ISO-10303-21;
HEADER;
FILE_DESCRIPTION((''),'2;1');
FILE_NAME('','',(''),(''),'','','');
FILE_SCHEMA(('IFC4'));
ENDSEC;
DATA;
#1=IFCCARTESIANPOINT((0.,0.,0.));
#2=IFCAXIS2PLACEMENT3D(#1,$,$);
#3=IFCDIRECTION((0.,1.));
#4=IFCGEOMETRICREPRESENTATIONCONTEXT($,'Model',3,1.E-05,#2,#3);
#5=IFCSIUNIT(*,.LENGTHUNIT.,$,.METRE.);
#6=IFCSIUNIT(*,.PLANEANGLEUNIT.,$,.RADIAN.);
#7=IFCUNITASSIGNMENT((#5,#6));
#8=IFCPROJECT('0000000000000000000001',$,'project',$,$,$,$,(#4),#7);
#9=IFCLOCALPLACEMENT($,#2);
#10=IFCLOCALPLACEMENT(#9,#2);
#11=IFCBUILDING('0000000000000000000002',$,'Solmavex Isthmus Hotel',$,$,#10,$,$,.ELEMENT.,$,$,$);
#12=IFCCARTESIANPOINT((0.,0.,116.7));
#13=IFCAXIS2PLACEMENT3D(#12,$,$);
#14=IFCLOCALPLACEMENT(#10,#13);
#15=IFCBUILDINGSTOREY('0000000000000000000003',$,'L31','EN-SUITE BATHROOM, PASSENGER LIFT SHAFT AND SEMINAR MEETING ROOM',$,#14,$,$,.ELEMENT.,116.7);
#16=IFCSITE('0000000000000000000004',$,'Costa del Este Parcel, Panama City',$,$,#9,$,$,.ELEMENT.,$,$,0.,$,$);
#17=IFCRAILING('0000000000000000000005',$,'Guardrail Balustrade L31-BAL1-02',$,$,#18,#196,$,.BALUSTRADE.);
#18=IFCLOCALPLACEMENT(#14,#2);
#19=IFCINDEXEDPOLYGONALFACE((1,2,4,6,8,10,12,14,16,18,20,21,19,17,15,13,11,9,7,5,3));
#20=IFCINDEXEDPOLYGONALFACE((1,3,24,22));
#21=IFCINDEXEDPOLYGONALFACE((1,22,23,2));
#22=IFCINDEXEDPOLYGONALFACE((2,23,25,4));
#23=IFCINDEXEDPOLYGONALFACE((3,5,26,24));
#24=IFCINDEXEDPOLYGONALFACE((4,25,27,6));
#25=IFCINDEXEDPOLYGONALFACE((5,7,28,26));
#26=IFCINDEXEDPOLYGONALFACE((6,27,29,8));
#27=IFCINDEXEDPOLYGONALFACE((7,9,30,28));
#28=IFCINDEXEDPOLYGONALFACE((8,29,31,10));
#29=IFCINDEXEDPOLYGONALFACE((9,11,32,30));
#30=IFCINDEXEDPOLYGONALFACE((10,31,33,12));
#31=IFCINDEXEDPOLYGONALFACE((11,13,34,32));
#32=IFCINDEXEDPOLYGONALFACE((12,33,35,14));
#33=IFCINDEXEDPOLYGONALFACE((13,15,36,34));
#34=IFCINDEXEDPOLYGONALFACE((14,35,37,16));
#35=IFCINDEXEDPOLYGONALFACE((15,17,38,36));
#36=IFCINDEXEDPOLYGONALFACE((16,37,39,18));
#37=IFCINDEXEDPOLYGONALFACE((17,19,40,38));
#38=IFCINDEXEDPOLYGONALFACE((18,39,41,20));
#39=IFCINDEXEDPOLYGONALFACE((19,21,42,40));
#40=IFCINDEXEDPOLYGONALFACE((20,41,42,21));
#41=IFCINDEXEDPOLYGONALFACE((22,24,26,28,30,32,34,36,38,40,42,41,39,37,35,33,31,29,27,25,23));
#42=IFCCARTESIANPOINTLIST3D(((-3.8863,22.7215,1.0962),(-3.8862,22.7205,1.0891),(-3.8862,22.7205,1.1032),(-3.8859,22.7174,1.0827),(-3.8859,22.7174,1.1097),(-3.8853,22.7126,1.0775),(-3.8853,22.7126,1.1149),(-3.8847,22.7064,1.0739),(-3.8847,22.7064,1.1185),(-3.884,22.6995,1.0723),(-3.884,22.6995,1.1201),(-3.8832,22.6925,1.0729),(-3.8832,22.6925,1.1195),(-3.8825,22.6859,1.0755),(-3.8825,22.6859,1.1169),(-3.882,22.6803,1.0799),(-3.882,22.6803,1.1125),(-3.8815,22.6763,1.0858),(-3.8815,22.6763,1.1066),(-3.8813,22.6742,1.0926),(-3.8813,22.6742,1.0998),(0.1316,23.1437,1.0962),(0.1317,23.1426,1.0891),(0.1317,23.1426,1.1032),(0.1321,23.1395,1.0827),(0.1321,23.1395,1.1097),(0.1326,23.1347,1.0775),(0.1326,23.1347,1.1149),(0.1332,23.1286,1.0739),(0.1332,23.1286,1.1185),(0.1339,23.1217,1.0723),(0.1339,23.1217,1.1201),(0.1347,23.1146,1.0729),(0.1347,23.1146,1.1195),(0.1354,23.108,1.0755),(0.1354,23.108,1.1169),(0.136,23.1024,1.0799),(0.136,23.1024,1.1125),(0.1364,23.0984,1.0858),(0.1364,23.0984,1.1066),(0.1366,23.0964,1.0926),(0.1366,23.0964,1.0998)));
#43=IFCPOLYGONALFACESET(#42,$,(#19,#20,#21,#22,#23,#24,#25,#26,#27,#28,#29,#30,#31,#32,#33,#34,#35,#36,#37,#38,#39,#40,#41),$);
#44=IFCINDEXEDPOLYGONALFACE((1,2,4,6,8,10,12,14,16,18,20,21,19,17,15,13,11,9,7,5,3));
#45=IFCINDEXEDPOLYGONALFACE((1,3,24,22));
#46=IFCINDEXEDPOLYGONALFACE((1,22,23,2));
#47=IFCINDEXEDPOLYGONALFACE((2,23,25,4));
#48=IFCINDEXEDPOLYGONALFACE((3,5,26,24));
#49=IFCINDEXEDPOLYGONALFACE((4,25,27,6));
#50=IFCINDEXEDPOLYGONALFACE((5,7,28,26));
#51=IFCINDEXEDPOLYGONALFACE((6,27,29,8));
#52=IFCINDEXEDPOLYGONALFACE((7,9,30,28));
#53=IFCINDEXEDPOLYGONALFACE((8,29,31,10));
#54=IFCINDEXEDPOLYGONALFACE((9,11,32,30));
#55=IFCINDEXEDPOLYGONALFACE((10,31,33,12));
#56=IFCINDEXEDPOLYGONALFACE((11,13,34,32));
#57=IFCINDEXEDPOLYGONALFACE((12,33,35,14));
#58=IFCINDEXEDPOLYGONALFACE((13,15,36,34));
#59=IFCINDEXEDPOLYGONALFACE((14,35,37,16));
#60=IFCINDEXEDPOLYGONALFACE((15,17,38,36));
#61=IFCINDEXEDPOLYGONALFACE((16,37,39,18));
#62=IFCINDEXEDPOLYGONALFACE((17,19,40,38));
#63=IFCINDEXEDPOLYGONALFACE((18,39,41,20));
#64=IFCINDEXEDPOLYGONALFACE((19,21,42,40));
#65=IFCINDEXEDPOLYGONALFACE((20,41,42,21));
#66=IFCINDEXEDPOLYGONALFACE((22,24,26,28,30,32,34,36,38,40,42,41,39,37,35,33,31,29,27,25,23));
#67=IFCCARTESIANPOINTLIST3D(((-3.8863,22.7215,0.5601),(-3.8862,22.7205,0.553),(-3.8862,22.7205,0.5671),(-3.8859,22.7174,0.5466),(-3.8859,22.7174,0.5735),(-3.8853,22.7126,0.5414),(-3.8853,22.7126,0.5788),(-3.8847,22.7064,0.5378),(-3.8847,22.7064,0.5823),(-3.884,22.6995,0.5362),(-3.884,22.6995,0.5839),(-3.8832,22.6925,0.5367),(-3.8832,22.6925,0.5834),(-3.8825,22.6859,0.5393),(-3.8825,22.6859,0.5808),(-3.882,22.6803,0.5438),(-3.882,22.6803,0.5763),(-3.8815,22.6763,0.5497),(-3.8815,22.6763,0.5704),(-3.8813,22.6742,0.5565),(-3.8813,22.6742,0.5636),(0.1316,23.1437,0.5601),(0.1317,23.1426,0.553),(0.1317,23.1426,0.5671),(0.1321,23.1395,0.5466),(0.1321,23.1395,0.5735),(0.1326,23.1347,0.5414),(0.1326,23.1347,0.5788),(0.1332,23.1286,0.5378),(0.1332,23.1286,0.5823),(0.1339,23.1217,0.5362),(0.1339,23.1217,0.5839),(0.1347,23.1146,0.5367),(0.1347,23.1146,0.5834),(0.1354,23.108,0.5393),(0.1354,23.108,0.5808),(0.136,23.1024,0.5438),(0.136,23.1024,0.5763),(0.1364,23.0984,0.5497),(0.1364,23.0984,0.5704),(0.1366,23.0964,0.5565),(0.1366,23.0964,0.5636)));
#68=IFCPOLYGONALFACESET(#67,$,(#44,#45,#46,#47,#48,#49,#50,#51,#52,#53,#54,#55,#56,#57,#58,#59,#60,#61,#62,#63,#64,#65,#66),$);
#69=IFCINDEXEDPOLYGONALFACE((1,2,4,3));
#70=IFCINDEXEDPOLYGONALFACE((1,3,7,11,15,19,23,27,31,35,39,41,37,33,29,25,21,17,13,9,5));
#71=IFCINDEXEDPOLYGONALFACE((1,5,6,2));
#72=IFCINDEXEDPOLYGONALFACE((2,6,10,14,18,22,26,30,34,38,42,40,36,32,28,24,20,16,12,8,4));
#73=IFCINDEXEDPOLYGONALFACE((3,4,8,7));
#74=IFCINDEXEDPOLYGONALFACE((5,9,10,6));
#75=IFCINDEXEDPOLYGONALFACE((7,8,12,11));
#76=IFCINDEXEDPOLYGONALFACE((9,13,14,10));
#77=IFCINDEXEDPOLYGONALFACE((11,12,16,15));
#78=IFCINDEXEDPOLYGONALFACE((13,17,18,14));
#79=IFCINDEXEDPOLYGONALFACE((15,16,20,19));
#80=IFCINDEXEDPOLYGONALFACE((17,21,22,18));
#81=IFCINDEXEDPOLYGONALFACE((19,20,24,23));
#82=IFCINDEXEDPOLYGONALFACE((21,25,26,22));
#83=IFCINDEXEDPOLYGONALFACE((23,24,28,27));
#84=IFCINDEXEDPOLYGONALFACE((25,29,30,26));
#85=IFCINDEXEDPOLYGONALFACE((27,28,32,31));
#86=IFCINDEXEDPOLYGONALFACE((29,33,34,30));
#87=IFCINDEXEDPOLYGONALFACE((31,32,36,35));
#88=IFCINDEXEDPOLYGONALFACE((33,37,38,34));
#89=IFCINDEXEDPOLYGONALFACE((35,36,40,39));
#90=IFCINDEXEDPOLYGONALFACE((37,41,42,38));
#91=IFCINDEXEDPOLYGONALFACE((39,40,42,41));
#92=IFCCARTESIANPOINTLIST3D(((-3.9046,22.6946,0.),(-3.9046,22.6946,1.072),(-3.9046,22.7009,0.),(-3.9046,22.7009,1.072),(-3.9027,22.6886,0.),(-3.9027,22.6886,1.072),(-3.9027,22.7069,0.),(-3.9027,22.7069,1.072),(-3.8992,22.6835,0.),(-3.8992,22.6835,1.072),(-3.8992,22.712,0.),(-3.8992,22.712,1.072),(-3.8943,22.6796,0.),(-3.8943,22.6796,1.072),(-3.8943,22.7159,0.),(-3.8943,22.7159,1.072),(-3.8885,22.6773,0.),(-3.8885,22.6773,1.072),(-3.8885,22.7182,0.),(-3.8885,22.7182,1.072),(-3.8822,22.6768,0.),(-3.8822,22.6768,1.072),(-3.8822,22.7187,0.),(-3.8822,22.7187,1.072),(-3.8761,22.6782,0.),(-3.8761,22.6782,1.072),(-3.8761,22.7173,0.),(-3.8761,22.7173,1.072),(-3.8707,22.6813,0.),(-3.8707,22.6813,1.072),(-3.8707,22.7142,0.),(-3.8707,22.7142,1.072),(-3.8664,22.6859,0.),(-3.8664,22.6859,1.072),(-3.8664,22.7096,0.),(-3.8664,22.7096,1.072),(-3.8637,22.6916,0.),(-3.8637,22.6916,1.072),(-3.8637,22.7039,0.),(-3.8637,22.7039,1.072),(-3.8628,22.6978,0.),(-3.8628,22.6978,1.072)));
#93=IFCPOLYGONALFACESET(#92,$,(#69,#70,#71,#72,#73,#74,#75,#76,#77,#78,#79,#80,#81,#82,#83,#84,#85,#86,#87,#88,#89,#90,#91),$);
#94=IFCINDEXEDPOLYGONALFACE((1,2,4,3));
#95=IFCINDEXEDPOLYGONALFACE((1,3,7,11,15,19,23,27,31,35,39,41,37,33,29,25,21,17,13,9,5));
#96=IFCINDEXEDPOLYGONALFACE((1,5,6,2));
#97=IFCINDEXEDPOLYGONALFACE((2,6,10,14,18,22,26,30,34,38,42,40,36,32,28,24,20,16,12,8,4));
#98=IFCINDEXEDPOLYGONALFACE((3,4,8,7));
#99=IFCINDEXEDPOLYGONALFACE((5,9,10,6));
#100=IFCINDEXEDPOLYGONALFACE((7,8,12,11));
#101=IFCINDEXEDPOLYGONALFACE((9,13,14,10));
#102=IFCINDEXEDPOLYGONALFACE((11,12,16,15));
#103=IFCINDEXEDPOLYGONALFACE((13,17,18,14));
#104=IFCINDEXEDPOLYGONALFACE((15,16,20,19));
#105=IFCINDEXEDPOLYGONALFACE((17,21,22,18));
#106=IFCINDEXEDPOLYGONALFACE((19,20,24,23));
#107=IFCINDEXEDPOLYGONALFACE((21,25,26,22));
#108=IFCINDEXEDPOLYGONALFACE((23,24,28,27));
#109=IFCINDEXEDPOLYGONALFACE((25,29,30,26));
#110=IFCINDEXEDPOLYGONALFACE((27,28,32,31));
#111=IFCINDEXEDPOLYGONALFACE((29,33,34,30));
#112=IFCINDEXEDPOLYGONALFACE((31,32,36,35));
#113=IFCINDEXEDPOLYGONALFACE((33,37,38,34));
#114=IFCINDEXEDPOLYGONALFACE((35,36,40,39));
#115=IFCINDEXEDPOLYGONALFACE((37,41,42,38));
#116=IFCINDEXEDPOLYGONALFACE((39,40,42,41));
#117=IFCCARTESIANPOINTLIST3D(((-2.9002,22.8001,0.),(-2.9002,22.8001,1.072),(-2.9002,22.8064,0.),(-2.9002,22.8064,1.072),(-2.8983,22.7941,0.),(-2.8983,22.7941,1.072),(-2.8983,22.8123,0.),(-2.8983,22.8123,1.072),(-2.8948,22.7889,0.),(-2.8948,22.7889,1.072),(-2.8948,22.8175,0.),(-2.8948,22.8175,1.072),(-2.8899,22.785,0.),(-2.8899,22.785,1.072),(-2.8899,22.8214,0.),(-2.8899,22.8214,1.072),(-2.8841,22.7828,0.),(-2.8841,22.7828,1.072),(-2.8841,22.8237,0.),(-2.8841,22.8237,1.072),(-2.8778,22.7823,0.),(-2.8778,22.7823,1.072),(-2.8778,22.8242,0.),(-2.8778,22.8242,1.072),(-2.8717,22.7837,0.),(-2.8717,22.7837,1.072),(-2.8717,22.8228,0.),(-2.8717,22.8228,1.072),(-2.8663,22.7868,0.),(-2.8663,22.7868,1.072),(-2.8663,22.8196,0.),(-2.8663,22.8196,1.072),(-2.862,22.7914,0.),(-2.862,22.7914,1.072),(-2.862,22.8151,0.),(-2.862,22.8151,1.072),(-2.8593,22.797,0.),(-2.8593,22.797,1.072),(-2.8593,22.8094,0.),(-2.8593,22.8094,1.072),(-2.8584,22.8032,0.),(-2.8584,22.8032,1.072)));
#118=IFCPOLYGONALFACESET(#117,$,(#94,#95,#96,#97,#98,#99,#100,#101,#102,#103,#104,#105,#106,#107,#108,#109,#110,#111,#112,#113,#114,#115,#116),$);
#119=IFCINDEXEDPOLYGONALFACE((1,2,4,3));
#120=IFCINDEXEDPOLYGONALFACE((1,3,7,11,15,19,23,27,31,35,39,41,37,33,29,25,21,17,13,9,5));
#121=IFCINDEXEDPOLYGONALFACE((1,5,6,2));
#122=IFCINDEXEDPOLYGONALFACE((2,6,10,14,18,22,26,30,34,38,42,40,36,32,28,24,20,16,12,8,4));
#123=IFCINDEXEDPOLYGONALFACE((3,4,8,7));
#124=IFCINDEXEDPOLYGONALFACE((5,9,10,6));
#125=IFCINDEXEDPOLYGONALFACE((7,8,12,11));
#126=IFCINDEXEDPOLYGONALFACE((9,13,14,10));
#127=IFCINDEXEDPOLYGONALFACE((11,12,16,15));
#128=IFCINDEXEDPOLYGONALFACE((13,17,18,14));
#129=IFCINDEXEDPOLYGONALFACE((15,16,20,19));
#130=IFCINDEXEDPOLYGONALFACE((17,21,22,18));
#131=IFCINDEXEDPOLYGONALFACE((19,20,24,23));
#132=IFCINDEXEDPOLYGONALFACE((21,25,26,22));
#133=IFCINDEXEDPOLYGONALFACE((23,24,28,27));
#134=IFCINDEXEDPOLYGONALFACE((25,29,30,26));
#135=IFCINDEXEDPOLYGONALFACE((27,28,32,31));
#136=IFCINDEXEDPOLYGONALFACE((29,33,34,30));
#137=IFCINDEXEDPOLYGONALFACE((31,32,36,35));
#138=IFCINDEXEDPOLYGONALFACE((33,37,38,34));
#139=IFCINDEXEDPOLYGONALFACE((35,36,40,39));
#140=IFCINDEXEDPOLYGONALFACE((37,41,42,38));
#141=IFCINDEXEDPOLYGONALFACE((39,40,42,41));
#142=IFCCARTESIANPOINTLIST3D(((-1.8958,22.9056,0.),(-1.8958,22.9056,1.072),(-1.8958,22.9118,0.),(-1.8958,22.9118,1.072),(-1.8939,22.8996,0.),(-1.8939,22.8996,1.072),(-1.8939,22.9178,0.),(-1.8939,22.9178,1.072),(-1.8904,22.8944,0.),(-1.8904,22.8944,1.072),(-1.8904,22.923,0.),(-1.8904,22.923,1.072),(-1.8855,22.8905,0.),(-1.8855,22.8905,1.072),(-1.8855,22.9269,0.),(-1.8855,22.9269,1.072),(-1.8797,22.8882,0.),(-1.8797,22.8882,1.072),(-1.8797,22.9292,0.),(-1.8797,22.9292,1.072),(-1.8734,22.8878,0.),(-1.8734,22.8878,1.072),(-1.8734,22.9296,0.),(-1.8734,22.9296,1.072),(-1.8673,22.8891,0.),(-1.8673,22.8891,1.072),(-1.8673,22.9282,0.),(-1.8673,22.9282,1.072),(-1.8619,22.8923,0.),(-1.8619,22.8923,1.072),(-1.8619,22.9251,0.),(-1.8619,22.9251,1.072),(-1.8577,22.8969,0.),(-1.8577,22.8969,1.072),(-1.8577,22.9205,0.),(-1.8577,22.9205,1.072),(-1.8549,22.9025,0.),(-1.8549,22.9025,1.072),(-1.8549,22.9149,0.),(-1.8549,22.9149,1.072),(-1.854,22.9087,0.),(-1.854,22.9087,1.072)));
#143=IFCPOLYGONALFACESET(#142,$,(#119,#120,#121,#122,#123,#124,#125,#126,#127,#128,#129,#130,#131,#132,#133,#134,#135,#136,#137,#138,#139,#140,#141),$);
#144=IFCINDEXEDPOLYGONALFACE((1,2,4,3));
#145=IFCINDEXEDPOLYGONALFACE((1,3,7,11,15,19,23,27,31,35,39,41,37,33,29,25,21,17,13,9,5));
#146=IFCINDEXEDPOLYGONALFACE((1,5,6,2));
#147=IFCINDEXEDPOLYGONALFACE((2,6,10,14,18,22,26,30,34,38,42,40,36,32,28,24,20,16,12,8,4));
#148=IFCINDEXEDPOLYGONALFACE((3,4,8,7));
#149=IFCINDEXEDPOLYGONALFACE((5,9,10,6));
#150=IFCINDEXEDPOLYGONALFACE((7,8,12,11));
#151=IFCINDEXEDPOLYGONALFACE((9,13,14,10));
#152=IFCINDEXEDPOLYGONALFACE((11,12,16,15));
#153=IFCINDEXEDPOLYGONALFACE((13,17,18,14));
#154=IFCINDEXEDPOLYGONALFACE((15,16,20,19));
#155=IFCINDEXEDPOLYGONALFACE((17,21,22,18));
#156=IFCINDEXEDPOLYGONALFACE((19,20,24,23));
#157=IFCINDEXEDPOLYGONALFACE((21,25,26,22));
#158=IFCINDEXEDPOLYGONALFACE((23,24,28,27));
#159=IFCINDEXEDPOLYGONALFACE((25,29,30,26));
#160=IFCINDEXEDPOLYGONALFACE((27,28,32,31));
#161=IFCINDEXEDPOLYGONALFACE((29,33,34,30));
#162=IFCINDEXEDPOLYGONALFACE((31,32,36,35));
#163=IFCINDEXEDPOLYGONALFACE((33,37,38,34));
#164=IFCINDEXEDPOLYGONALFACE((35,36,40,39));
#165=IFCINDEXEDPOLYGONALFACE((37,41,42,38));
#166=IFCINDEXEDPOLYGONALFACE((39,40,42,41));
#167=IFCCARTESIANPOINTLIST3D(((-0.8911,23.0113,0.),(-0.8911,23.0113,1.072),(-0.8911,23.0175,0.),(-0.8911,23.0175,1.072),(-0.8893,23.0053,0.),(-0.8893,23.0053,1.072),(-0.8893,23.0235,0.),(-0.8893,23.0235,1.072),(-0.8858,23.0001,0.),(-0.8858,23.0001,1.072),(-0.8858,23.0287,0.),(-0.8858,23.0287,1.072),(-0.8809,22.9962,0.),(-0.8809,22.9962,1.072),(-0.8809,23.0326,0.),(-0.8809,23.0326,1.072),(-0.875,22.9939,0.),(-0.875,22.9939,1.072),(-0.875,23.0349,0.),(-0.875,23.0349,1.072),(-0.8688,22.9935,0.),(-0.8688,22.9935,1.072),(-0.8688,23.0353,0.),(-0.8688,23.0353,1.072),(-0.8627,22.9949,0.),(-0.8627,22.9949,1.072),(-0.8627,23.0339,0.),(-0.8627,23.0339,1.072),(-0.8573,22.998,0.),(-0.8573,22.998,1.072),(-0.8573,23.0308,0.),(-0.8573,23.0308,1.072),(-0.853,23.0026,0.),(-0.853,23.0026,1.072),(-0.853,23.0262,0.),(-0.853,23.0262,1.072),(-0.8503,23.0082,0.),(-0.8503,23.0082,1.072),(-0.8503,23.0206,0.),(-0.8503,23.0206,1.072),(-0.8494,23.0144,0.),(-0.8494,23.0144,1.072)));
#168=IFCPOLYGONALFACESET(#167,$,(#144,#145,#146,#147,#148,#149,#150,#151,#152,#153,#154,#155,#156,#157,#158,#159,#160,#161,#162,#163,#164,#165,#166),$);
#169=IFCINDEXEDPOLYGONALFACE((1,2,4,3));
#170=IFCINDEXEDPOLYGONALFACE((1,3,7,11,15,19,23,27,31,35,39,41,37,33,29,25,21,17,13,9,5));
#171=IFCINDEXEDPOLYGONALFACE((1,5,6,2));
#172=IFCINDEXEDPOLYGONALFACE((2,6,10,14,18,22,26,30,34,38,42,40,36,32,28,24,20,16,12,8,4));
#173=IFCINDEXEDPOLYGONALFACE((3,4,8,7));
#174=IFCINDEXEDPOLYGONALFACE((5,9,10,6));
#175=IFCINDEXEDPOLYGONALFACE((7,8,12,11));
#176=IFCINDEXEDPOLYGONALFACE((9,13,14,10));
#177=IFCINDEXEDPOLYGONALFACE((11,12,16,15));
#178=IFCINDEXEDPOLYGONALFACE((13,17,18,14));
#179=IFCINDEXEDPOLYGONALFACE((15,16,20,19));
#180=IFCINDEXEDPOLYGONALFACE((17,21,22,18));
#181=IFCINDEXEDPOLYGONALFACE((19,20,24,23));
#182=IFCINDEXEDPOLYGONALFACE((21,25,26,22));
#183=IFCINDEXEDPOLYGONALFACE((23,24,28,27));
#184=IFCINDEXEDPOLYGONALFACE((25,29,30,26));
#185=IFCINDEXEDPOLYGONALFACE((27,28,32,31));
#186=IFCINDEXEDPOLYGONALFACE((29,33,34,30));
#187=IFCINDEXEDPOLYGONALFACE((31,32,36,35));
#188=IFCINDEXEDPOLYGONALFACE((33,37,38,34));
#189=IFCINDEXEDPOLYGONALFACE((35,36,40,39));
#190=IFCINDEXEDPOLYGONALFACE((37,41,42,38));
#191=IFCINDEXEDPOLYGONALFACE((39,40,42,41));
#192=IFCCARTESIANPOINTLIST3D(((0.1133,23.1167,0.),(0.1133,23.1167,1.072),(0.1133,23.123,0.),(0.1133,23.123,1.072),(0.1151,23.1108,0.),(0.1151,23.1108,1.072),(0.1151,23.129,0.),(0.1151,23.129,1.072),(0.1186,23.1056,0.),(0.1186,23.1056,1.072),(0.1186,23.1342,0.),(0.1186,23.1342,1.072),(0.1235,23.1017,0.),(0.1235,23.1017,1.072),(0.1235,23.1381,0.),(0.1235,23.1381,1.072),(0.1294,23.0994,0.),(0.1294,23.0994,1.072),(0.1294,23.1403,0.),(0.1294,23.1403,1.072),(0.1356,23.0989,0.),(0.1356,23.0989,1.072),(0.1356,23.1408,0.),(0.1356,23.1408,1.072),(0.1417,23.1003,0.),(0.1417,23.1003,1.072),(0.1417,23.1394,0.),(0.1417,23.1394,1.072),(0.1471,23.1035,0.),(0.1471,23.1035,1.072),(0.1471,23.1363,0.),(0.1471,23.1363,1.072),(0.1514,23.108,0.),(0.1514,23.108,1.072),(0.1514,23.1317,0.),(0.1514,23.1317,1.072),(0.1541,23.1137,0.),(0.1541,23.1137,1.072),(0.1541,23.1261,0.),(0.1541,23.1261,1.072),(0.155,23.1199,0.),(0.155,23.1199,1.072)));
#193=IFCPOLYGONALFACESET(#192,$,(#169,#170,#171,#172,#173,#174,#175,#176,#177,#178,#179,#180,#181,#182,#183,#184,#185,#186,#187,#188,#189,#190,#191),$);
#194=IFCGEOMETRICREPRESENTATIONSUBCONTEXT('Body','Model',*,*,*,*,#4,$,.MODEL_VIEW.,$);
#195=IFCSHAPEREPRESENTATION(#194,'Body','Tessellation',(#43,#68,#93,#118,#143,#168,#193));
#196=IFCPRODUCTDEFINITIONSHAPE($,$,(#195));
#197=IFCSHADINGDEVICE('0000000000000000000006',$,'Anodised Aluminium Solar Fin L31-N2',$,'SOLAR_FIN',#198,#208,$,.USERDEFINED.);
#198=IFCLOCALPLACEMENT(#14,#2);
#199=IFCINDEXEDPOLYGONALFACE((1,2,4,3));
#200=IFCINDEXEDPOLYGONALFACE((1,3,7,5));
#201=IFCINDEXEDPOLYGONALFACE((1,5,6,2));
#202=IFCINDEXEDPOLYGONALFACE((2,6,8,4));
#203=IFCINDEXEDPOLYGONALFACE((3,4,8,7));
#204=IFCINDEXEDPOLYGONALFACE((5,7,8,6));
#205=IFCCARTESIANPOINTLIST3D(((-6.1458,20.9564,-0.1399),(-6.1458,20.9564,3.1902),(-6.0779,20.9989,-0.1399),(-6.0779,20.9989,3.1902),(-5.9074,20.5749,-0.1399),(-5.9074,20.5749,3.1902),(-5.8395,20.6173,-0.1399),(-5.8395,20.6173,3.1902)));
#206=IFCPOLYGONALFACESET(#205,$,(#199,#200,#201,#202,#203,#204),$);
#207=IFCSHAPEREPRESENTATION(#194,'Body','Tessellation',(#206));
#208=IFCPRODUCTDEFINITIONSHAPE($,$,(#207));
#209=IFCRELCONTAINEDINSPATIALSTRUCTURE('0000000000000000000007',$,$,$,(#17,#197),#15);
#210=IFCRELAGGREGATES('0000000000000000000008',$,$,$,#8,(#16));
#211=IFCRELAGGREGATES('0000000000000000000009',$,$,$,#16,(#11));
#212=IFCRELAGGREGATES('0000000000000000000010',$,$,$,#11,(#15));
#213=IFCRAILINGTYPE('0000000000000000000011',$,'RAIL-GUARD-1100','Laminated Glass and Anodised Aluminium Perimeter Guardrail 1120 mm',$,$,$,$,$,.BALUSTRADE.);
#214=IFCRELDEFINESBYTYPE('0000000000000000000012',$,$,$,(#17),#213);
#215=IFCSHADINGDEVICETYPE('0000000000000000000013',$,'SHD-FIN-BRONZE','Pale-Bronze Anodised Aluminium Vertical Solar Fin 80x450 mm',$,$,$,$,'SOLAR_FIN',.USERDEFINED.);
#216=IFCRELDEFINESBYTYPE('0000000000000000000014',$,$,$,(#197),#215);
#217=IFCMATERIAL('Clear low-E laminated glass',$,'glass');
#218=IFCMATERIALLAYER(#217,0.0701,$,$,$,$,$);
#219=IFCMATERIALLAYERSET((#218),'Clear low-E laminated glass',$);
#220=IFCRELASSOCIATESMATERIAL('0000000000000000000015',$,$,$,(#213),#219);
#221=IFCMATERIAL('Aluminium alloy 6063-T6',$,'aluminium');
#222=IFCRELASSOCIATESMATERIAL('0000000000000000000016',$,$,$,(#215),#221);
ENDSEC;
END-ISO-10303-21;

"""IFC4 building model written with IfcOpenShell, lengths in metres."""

from ifc_helpers import new_model, si_unit, direction, frame, origin, origin_2d, place, context, subcontext, project, spatial, rectangle, circle, extrude, material, layer, layer_set, type_object, element, save


model = new_model("IFC4")

# Units and contexts
model_context = context("Model", 3, precision=1e-05, world=origin(), true_north=direction((0.0, 1.0)))
body_context = subcontext(model_context, "Body", "Model", "MODEL_VIEW")
ifc_project = project(units=[si_unit("LENGTHUNIT", "METRE"), si_unit("PLANEANGLEUNIT", "RADIAN")], contexts=[model_context])

# Site, building, storey
site_placement = place(None, origin())
site = spatial("IfcSite", under=ifc_project, at=site_placement, Name="Costa del Este Parcel, Panama City", CompositionType="ELEMENT", RefElevation=0.0)
building_placement = place(site_placement, origin())
building = spatial("IfcBuilding", under=site, at=building_placement, Name="Solmavex Isthmus Hotel", CompositionType="ELEMENT")
storey_placement = place(building_placement, frame((0.0, 0.0, 116.7)))
storey = spatial("IfcBuildingStorey", under=building, at=storey_placement, Name="L31", Description="EN-SUITE BATHROOM, PASSENGER LIFT SHAFT AND SEMINAR MEETING ROOM", CompositionType="ELEMENT", Elevation=116.7)

# Shared definitions
ifc_material_1 = material(Name="Aluminium alloy 6063-T6", Category="aluminium")

# Shared definitions
ifc_material_2 = material(Name="Clear low-E laminated glass", Category="glass")

# Railing
ifc_layer_1 = layer(ifc_material_2, 0.0701)
ifc_layer_set_1 = layer_set([ifc_layer_1], Name="Clear low-E laminated glass")
railing_type = type_object("IfcRailingType", Name="RAIL-GUARD-1100", Description="Laminated Glass and Anodised Aluminium Perimeter Guardrail 1120 mm", PredefinedType="BALUSTRADE", material=ifc_layer_set_1)
railing_1_placement = place(storey_placement, frame((-3.8838, 22.6978, 0.0)))
element("IfcRailing", 1, at=railing_1_placement, inside=storey, type_object=railing_type, Name="Guardrail Balustrade L31-BAL1-02", PredefinedType="BALUSTRADE", context=body_context, shape_type="SweptSolid", body=[
    extrude(circle(Radius=0.0239, at=origin_2d()), frame((0.0, 0.0, 1.0962), z_axis=(0.994526, 0.104487, 0.0), x_axis=(-0.104487, 0.994526, 0.0)), (0.0, 0.0, 1.0), 4.04),
    extrude(circle(Radius=0.0239, at=origin_2d()), frame((0.0, 0.0, 0.5601), z_axis=(0.994526, 0.104487, 0.0), x_axis=(-0.104487, 0.994526, 0.0)), (0.0, 0.0, 1.0), 4.04),
    extrude(circle(Radius=0.021, at=origin_2d()), origin(), (0.0, 0.0, 1.0), 1.072),
    extrude(circle(Radius=0.021, at=origin_2d()), frame((1.0044, 0.1055, 0.0)), (0.0, 0.0, 1.0), 1.072),
    extrude(circle(Radius=0.021, at=origin_2d()), frame((2.0088, 0.2109, 0.0)), (0.0, 0.0, 1.0), 1.072),
    extrude(circle(Radius=0.021, at=origin_2d()), frame((3.0134, 0.3167, 0.0)), (0.0, 0.0, 1.0), 1.072),
    extrude(circle(Radius=0.021, at=origin_2d()), frame((4.0178, 0.4221, 0.0)), (0.0, 0.0, 1.0), 1.072),
])

# Shading device
shading_device_type = type_object("IfcShadingDeviceType", Name="SHD-FIN-BRONZE", Description="Pale-Bronze Anodised Aluminium Vertical Solar Fin 80x450 mm", ElementType="SOLAR_FIN", PredefinedType="USERDEFINED", material=ifc_material_1)
shading_device_placement = place(storey_placement, frame((-5.9927, 20.7869, -0.1399), z_axis=(0.0, 0.0, 1.0), x_axis=(-0.529919, 0.848048, 0.0)))
element("IfcShadingDevice", 2, at=shading_device_placement, inside=storey, type_object=shading_device_type, Name="Anodised Aluminium Solar Fin L31-N2", ObjectType="SOLAR_FIN", PredefinedType="USERDEFINED", context=body_context, shape_type="SweptSolid", body=[
    extrude(rectangle(XDim=0.45, YDim=0.0801, at=origin_2d()), origin(), (0.0, 0.0, 1.0), 3.3301),
])

save(model, "model.ifc")
